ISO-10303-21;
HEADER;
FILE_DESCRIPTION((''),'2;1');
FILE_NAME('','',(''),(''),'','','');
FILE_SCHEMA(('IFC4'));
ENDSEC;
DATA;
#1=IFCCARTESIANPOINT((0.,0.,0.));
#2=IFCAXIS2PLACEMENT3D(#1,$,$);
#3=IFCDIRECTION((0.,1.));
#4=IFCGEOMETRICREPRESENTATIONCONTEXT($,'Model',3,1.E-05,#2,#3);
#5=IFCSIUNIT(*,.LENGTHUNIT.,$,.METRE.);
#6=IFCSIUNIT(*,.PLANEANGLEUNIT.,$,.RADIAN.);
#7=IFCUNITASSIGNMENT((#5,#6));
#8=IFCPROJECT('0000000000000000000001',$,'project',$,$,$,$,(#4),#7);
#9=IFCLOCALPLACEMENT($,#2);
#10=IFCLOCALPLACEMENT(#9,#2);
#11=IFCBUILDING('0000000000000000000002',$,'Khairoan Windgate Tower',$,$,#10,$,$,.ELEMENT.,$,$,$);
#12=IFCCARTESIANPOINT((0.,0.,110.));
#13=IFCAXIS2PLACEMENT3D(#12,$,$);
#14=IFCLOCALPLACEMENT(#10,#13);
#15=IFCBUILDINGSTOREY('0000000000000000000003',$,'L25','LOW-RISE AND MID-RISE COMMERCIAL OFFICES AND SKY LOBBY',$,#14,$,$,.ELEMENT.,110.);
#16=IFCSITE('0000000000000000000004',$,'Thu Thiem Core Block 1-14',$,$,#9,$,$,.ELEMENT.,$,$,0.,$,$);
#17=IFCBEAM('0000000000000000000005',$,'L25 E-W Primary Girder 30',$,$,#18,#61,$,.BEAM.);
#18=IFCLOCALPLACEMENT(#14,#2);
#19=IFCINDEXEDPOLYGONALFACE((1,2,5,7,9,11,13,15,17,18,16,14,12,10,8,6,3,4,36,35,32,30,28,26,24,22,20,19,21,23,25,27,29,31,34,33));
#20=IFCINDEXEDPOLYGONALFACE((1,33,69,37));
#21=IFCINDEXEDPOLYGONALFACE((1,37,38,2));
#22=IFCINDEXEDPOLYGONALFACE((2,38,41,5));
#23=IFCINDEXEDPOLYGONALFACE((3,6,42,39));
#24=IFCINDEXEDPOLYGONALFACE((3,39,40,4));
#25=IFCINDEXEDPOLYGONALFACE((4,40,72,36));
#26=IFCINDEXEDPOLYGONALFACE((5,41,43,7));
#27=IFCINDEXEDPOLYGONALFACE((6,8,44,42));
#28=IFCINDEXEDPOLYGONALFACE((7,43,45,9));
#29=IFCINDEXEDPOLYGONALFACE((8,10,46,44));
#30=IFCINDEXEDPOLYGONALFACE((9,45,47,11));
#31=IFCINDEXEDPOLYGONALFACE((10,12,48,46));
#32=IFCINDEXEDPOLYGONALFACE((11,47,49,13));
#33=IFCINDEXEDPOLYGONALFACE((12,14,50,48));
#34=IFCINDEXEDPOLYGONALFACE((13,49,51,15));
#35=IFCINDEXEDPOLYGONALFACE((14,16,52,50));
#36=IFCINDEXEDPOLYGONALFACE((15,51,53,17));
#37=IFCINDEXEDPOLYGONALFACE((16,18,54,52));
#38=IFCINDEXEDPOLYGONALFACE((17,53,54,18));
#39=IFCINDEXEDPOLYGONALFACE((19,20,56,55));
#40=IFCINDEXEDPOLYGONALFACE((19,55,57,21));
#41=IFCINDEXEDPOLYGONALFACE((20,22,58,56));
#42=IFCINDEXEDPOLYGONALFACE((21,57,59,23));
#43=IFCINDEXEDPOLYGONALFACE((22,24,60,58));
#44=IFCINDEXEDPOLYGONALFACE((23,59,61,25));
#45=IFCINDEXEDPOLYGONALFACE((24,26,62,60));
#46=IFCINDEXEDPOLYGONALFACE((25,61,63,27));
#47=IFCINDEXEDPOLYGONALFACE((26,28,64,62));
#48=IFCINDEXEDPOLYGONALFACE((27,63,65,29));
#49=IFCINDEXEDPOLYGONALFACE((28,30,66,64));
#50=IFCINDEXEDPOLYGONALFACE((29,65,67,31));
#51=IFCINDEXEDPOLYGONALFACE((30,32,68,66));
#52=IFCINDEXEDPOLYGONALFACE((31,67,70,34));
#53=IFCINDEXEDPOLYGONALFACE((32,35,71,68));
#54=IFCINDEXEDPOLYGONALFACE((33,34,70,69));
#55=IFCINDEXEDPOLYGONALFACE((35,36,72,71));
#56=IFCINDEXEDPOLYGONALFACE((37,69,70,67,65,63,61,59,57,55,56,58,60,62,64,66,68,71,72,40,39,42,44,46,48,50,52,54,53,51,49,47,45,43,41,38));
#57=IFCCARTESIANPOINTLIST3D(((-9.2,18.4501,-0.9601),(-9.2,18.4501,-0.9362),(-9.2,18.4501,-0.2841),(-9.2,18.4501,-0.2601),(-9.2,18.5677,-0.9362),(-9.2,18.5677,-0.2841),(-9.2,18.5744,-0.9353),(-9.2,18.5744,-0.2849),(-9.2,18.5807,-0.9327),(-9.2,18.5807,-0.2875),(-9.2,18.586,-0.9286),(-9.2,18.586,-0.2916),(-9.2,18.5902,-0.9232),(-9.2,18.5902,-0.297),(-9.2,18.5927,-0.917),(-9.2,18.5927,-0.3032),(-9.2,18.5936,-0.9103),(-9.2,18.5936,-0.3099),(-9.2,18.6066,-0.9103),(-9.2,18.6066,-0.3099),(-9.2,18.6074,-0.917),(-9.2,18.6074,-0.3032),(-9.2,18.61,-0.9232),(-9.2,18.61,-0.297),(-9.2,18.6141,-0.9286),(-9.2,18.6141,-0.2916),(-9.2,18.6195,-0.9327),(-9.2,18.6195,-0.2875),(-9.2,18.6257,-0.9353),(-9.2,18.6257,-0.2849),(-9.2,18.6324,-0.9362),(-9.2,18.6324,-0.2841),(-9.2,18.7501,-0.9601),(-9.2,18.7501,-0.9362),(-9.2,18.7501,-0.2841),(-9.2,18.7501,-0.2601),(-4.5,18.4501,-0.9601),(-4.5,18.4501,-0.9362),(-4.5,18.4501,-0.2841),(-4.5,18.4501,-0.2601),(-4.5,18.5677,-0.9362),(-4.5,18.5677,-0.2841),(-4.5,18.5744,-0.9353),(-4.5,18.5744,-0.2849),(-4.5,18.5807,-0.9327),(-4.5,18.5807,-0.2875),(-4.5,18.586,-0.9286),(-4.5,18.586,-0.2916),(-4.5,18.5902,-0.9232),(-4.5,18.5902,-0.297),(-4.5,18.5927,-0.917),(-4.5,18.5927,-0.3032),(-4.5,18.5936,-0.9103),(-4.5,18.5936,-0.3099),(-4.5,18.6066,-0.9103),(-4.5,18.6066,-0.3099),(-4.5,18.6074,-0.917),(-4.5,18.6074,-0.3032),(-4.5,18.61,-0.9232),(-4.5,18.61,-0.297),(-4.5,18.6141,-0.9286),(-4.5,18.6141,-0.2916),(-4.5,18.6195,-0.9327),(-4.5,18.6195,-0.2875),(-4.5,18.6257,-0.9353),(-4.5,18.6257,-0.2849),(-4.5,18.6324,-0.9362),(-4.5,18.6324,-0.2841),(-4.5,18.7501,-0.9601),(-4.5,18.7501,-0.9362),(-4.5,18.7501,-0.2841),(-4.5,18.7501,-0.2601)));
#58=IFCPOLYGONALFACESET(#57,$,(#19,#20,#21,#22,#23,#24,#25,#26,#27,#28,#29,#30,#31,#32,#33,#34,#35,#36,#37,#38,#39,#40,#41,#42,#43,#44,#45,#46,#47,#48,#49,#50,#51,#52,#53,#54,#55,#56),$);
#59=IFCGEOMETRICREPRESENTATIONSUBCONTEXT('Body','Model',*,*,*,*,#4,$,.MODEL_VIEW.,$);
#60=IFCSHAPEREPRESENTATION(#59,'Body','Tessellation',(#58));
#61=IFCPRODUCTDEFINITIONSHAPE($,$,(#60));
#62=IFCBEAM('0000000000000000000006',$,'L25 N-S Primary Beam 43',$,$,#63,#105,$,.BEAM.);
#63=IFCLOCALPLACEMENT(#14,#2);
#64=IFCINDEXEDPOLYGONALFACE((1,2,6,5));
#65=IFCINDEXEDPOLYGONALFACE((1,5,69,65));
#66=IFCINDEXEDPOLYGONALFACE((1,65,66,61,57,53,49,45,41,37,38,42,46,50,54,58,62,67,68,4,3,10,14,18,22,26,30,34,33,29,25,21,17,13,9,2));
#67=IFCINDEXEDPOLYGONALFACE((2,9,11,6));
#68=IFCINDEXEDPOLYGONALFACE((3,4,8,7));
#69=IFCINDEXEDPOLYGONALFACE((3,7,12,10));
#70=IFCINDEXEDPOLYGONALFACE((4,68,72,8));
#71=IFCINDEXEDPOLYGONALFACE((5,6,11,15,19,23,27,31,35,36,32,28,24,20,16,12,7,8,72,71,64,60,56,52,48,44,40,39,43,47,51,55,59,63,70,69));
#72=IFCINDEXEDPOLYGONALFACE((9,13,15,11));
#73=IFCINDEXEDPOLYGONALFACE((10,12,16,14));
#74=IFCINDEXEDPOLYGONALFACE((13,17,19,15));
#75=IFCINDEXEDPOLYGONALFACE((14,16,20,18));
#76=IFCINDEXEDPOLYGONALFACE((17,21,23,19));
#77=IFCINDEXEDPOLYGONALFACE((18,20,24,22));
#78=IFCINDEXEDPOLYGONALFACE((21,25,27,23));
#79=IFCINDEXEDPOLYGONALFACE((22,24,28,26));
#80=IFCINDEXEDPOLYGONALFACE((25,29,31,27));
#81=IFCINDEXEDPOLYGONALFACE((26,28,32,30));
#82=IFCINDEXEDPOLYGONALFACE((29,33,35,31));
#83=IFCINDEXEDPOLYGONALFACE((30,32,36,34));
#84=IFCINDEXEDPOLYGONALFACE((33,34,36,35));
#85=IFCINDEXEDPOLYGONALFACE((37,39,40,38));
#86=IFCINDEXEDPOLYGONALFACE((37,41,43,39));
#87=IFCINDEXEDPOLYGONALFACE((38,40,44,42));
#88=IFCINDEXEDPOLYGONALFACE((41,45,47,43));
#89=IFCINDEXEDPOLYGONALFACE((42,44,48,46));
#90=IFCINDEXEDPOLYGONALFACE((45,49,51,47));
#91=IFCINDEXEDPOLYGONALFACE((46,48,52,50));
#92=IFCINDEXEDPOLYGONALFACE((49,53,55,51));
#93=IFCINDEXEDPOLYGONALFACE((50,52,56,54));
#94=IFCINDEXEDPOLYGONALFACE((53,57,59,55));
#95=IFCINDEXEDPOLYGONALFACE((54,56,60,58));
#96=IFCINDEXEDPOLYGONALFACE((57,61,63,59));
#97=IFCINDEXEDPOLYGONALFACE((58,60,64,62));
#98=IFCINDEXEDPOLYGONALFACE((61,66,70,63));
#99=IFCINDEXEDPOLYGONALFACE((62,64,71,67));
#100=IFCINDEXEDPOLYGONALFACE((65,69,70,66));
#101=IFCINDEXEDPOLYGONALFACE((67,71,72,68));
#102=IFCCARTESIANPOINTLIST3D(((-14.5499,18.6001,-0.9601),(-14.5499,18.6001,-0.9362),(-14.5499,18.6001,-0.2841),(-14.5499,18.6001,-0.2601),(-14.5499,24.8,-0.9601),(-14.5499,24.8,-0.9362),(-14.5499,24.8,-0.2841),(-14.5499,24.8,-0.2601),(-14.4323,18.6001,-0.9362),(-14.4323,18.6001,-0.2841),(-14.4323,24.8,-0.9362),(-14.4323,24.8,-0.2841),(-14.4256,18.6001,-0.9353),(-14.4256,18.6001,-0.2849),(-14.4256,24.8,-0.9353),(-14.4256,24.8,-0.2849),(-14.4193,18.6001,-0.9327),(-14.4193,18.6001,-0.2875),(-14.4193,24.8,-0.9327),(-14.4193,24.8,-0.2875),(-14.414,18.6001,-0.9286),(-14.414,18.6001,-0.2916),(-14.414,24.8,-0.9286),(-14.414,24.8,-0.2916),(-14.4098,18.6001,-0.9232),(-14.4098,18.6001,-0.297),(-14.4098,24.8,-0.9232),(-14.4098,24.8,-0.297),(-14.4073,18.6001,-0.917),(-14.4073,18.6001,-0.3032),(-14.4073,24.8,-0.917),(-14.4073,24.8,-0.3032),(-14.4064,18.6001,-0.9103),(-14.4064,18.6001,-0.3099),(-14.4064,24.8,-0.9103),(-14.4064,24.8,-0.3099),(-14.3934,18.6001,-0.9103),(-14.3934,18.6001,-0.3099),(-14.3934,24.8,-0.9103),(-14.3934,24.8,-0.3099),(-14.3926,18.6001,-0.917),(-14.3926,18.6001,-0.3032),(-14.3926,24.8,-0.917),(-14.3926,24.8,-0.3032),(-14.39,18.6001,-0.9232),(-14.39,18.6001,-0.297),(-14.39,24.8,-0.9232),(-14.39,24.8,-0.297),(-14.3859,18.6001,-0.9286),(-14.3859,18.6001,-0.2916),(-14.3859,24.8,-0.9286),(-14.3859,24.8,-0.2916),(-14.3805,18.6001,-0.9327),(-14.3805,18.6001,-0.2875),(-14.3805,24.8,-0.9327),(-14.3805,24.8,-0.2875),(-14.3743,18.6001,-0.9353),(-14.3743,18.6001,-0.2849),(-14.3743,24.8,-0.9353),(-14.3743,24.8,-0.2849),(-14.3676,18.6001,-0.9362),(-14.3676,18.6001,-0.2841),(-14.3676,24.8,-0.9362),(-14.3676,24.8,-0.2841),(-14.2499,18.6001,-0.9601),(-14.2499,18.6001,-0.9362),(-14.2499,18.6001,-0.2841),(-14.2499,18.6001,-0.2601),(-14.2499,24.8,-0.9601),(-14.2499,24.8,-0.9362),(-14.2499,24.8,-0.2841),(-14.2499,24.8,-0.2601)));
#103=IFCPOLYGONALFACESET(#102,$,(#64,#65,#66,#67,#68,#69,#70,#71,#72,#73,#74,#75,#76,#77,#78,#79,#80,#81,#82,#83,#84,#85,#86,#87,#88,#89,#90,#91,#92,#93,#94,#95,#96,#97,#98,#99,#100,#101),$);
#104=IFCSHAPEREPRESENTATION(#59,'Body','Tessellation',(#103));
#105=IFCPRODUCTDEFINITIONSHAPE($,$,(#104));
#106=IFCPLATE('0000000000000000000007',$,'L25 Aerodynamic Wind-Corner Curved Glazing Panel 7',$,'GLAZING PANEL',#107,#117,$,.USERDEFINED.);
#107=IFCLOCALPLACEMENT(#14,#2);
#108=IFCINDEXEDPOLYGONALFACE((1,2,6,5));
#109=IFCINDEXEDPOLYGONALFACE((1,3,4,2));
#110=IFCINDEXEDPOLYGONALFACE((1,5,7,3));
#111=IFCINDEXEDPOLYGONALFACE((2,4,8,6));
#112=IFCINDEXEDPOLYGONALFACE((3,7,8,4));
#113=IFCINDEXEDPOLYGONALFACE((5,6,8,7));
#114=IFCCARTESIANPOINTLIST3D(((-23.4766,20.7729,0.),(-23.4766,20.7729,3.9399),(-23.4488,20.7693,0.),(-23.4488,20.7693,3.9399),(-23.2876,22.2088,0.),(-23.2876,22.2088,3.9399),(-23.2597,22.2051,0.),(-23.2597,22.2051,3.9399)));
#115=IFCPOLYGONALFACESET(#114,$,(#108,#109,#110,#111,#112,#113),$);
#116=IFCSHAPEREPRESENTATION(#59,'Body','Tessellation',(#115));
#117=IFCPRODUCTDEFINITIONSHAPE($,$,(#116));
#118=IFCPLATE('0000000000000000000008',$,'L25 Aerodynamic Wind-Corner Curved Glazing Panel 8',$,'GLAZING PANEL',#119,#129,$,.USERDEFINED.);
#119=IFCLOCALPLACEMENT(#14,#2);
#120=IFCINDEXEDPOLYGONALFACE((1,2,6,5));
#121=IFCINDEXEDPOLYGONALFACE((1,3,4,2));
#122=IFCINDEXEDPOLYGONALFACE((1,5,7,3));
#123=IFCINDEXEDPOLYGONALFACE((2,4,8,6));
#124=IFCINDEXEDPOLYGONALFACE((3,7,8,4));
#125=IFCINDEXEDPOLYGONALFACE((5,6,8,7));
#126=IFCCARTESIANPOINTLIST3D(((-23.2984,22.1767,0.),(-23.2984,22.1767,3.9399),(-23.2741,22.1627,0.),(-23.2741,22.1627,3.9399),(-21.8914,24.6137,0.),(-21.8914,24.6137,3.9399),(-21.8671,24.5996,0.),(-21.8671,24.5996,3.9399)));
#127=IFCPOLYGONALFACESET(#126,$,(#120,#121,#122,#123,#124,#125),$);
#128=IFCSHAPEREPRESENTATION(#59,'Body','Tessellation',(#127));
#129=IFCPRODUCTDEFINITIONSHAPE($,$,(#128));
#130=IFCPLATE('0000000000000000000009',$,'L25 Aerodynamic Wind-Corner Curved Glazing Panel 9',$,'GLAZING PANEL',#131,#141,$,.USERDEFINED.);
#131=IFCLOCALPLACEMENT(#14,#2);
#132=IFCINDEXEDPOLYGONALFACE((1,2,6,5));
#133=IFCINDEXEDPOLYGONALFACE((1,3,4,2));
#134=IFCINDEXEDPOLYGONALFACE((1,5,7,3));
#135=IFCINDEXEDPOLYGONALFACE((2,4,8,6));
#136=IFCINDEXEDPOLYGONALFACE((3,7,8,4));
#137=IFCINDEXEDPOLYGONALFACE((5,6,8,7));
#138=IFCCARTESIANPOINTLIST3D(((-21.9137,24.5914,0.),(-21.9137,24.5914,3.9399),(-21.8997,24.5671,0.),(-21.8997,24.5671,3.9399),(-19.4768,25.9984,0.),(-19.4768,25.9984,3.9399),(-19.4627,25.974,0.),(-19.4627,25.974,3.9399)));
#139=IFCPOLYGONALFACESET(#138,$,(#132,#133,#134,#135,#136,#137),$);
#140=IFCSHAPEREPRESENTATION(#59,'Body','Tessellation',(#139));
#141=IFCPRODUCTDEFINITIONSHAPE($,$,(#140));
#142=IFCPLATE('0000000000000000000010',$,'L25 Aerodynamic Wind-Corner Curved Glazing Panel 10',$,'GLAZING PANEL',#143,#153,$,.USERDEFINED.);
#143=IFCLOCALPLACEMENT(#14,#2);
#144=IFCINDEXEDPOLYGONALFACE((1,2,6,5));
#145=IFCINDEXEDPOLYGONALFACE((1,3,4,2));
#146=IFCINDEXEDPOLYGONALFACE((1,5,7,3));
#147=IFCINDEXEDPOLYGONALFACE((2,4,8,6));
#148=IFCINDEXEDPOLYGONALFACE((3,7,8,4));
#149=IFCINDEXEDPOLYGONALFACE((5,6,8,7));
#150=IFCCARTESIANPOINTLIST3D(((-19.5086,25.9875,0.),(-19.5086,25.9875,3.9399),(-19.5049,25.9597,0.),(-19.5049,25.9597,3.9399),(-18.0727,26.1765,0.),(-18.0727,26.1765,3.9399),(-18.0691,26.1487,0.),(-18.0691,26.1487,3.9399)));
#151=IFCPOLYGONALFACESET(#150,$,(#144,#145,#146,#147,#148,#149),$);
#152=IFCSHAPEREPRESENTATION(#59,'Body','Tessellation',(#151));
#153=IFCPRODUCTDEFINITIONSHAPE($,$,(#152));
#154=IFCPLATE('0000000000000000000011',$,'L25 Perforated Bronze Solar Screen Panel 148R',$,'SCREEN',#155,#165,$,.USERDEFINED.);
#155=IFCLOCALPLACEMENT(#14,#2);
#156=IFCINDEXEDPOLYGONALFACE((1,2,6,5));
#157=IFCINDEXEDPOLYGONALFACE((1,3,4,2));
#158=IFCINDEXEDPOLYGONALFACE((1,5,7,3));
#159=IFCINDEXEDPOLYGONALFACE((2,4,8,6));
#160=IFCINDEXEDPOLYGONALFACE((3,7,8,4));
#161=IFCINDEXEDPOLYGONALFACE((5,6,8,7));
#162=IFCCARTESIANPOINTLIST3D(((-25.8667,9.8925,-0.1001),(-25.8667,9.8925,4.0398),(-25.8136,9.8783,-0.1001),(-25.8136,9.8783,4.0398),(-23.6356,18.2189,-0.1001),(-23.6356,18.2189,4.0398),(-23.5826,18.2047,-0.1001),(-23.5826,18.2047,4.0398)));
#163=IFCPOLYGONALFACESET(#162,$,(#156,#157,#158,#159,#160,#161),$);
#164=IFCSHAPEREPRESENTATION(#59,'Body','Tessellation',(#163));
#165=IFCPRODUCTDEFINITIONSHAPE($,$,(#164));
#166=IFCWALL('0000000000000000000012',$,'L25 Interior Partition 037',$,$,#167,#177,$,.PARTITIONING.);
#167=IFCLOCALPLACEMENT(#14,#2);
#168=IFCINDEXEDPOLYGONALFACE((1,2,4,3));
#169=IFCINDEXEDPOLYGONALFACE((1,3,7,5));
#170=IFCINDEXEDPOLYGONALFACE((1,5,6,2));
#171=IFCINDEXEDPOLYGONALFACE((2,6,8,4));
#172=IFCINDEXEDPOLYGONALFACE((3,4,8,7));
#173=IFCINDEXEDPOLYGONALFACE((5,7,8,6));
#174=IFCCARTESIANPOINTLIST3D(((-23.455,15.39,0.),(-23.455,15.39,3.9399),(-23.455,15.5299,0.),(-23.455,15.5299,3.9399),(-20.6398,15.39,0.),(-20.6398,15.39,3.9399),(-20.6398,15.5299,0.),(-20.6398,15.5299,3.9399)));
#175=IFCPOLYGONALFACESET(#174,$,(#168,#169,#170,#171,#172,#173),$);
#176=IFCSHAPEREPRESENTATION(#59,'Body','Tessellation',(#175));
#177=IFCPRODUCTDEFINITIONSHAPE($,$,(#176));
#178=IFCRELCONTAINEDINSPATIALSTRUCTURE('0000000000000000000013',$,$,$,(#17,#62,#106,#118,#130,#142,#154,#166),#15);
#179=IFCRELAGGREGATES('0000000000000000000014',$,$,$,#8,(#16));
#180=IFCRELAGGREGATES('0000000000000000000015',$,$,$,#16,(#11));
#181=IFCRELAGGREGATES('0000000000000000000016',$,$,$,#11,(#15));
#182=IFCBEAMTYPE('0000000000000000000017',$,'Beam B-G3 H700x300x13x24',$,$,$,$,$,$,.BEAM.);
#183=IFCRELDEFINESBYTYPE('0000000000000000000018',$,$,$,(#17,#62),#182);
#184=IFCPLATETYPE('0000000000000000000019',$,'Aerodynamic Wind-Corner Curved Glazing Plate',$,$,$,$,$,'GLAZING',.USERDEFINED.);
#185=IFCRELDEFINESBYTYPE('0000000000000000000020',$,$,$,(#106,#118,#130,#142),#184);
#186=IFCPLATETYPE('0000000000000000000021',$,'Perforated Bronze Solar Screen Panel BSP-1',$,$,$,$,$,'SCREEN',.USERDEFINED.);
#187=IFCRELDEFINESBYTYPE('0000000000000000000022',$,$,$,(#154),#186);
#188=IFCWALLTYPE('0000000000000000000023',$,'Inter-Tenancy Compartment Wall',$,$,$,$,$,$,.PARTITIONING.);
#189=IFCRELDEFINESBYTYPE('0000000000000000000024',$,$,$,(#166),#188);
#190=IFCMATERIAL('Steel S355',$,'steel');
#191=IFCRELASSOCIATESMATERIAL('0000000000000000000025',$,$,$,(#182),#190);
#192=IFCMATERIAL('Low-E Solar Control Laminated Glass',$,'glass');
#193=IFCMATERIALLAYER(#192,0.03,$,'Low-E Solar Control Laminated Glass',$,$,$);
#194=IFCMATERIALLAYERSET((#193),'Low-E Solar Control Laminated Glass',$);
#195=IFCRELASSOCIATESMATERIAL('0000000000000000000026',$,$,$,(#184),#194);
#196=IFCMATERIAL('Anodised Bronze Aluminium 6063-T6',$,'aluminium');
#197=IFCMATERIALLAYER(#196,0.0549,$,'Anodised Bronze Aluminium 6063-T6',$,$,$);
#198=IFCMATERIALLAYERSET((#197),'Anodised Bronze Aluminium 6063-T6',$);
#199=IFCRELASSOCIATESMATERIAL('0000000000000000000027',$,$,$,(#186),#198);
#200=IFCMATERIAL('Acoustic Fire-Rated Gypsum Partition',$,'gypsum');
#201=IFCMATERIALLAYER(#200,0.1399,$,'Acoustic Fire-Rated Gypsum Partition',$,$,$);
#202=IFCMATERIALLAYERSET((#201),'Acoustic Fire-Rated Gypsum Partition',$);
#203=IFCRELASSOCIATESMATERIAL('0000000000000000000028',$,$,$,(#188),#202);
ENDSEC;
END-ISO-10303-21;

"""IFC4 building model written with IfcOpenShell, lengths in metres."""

from ifc_helpers import new_model, si_unit, direction, frame, frame_2d, origin, origin_2d, place, context, subcontext, project, spatial, rectangle, i_section, extrude, material, layer, layer_set, material_profile, profile_set, type_object, element, save


model = new_model("IFC4")

# Units and contexts
model_context = context("Model", 3, precision=1e-05, world=origin(), true_north=direction((0.0, 1.0)))
body_context = subcontext(model_context, "Body", "Model", "MODEL_VIEW")
ifc_project = project(units=[si_unit("LENGTHUNIT", "METRE"), si_unit("PLANEANGLEUNIT", "RADIAN")], contexts=[model_context])

# Site, building, storey
site_placement = place(None, origin())
site = spatial("IfcSite", under=ifc_project, at=site_placement, Name="Thu Thiem Core Block 1-14", CompositionType="ELEMENT", RefElevation=0.0)
building_placement = place(site_placement, origin())
building = spatial("IfcBuilding", under=site, at=building_placement, Name="Khairoan Windgate Tower", CompositionType="ELEMENT")
storey_placement = place(building_placement, frame((0.0, 0.0, 110.0)))
storey = spatial("IfcBuildingStorey", under=building, at=storey_placement, Name="L25", Description="LOW-RISE AND MID-RISE COMMERCIAL OFFICES AND SKY LOBBY", CompositionType="ELEMENT", Elevation=110.0)

# Beams
ifc_material_1 = material(Name="Steel S355", Category="steel")
ifc_material_profile_1 = material_profile(ifc_material_1, i_section(OverallWidth=0.3, OverallDepth=0.7, WebThickness=0.0129, FlangeThickness=0.0239, FilletRadius=0.0259, at=origin_2d()))
ifc_profile_set_1 = profile_set([ifc_material_profile_1], Name="Steel S355")
beam_type = type_object("IfcBeamType", Name="Beam B-G3 H700x300x13x24", PredefinedType="BEAM", material=ifc_profile_set_1)
beam_1_placement = place(storey_placement, frame((-9.2, 18.6001, -0.6101), z_axis=(1.0, 0.0, 0.0), x_axis=(0.0, 1.0, 0.0)))
element("IfcBeam", 1, at=beam_1_placement, inside=storey, type_object=beam_type, Name="L25 E-W Primary Girder 30", PredefinedType="BEAM", context=body_context, shape_type="SweptSolid", body=[
    extrude(i_section(OverallWidth=0.3, OverallDepth=0.7, WebThickness=0.0129, FlangeThickness=0.0239, FilletRadius=0.0259, at=origin_2d()), origin(), (0.0, 0.0, 1.0), 4.7),
])
beam_2_placement = place(storey_placement, frame((-14.3999, 18.6001, -0.6101), z_axis=(0.0, 1.0, 0.0), x_axis=(-1.0, 0.0, 0.0)))
element("IfcBeam", 2, at=beam_2_placement, inside=storey, type_object=beam_type, Name="L25 N-S Primary Beam 43", PredefinedType="BEAM", context=body_context, shape_type="SweptSolid", body=[
    extrude(i_section(OverallWidth=0.3, OverallDepth=0.7, WebThickness=0.0129, FlangeThickness=0.0239, FilletRadius=0.0259, at=origin_2d()), origin(), (0.0, 0.0, 1.0), 6.2),
])

# Plates
ifc_material_2 = material(Name="Low-E Solar Control Laminated Glass", Category="glass")
ifc_layer_1 = layer(ifc_material_2, 0.03, Name="Low-E Solar Control Laminated Glass")
ifc_layer_set_1 = layer_set([ifc_layer_1], Name="Low-E Solar Control Laminated Glass")
plate_type_1 = type_object("IfcPlateType", Name="Aerodynamic Wind-Corner Curved Glazing Plate", ElementType="GLAZING", PredefinedType="USERDEFINED", material=ifc_layer_set_1)
plate_1_placement = place(storey_placement, frame((-23.3682, 21.489, 0.0), z_axis=(0.0, 0.0, 1.0), x_axis=(0.130526, 0.991445, 0.0)))
element("IfcPlate", 3, at=plate_1_placement, inside=storey, type_object=plate_type_1, Name="L25 Aerodynamic Wind-Corner Curved Glazing Panel 7", ObjectType="GLAZING PANEL", PredefinedType="USERDEFINED", context=body_context, shape_type="SweptSolid", body=[
    extrude(rectangle(XDim=1.4482, YDim=0.0281, at=origin_2d()), origin(), (0.0, 0.0, 1.0), 3.9399),
])
for number, where, z_axis, x_axis, name in (
    (4, (-22.5828, 23.3882, 0.0), (0.0, 0.0, 1.0), (0.5, 0.866025, 0.0), "L25 Aerodynamic Wind-Corner Curved Glazing Panel 8"),
    (5, (-20.6882, 25.2827, 0.0), (0.0, 0.0, 1.0), (0.866025, 0.5, 0.0), "L25 Aerodynamic Wind-Corner Curved Glazing Panel 9"),
):
    element("IfcPlate", number, at=place(storey_placement, frame(where, z_axis=z_axis, x_axis=x_axis)), inside=storey, type_object=plate_type_1, Name=name, ObjectType="GLAZING PANEL", PredefinedType="USERDEFINED", context=body_context, shape_type="SweptSolid", body=[
        extrude(rectangle(XDim=2.814, YDim=0.0281, at=origin_2d()), origin(), (0.0, 0.0, 1.0), 3.9399),
    ])
plate_2_placement = place(storey_placement, frame((-18.7888, 26.0681, 0.0), z_axis=(0.0, 0.0, 1.0), x_axis=(0.991445, 0.130526, 0.0)))
element("IfcPlate", 6, at=plate_2_placement, inside=storey, type_object=plate_type_1, Name="L25 Aerodynamic Wind-Corner Curved Glazing Panel 10", ObjectType="GLAZING PANEL", PredefinedType="USERDEFINED", context=body_context, shape_type="SweptSolid", body=[
    extrude(rectangle(XDim=1.4482, YDim=0.0281, at=origin_2d()), origin(), (0.0, 0.0, 1.0), 3.9399),
])

# Plate
ifc_material_3 = material(Name="Anodised Bronze Aluminium 6063-T6", Category="aluminium")
ifc_layer_2 = layer(ifc_material_3, 0.0549, Name="Anodised Bronze Aluminium 6063-T6")
ifc_layer_set_2 = layer_set([ifc_layer_2], Name="Anodised Bronze Aluminium 6063-T6")
plate_type_2 = type_object("IfcPlateType", Name="Perforated Bronze Solar Screen Panel BSP-1", ElementType="SCREEN", PredefinedType="USERDEFINED", material=ifc_layer_set_2)
plate_3_placement = place(storey_placement, frame((-24.7246, 14.0486, -0.1001), z_axis=(0.0, 0.0, 1.0), x_axis=(0.258819, 0.965926, 0.0)))
element("IfcPlate", 7, at=plate_3_placement, inside=storey, type_object=plate_type_2, Name="L25 Perforated Bronze Solar Screen Panel 148R", ObjectType="SCREEN", PredefinedType="USERDEFINED", context=body_context, shape_type="SweptSolid", body=[
    extrude(rectangle(XDim=8.6201, YDim=0.0549, at=origin_2d()), origin(), (0.0, 0.0, 1.0), 4.1399),
])

# Wall
ifc_material_4 = material(Name="Acoustic Fire-Rated Gypsum Partition", Category="gypsum")
ifc_layer_3 = layer(ifc_material_4, 0.1399, Name="Acoustic Fire-Rated Gypsum Partition")
ifc_layer_set_3 = layer_set([ifc_layer_3], Name="Acoustic Fire-Rated Gypsum Partition")
wall_type_1 = type_object("IfcWallType", Name="Inter-Tenancy Compartment Wall", PredefinedType="PARTITIONING", material=ifc_layer_set_3)
wall_1_placement = place(storey_placement, frame((-23.4551, 15.46, 0.0), z_axis=(0.0, 0.0, 1.0), x_axis=(1.0, 0.0, 0.0)))
element("IfcWall", 8, at=wall_1_placement, inside=storey, type_object=wall_type_1, Name="L25 Interior Partition 037", PredefinedType="PARTITIONING", context=body_context, shape_type="SweptSolid", body=[
    extrude(rectangle(XDim=2.8152, YDim=0.1399, at=frame_2d((1.4077, 0.0))), origin(), (0.0, 0.0, 1.0), 3.9399),
])

save(model, "model.ifc")
